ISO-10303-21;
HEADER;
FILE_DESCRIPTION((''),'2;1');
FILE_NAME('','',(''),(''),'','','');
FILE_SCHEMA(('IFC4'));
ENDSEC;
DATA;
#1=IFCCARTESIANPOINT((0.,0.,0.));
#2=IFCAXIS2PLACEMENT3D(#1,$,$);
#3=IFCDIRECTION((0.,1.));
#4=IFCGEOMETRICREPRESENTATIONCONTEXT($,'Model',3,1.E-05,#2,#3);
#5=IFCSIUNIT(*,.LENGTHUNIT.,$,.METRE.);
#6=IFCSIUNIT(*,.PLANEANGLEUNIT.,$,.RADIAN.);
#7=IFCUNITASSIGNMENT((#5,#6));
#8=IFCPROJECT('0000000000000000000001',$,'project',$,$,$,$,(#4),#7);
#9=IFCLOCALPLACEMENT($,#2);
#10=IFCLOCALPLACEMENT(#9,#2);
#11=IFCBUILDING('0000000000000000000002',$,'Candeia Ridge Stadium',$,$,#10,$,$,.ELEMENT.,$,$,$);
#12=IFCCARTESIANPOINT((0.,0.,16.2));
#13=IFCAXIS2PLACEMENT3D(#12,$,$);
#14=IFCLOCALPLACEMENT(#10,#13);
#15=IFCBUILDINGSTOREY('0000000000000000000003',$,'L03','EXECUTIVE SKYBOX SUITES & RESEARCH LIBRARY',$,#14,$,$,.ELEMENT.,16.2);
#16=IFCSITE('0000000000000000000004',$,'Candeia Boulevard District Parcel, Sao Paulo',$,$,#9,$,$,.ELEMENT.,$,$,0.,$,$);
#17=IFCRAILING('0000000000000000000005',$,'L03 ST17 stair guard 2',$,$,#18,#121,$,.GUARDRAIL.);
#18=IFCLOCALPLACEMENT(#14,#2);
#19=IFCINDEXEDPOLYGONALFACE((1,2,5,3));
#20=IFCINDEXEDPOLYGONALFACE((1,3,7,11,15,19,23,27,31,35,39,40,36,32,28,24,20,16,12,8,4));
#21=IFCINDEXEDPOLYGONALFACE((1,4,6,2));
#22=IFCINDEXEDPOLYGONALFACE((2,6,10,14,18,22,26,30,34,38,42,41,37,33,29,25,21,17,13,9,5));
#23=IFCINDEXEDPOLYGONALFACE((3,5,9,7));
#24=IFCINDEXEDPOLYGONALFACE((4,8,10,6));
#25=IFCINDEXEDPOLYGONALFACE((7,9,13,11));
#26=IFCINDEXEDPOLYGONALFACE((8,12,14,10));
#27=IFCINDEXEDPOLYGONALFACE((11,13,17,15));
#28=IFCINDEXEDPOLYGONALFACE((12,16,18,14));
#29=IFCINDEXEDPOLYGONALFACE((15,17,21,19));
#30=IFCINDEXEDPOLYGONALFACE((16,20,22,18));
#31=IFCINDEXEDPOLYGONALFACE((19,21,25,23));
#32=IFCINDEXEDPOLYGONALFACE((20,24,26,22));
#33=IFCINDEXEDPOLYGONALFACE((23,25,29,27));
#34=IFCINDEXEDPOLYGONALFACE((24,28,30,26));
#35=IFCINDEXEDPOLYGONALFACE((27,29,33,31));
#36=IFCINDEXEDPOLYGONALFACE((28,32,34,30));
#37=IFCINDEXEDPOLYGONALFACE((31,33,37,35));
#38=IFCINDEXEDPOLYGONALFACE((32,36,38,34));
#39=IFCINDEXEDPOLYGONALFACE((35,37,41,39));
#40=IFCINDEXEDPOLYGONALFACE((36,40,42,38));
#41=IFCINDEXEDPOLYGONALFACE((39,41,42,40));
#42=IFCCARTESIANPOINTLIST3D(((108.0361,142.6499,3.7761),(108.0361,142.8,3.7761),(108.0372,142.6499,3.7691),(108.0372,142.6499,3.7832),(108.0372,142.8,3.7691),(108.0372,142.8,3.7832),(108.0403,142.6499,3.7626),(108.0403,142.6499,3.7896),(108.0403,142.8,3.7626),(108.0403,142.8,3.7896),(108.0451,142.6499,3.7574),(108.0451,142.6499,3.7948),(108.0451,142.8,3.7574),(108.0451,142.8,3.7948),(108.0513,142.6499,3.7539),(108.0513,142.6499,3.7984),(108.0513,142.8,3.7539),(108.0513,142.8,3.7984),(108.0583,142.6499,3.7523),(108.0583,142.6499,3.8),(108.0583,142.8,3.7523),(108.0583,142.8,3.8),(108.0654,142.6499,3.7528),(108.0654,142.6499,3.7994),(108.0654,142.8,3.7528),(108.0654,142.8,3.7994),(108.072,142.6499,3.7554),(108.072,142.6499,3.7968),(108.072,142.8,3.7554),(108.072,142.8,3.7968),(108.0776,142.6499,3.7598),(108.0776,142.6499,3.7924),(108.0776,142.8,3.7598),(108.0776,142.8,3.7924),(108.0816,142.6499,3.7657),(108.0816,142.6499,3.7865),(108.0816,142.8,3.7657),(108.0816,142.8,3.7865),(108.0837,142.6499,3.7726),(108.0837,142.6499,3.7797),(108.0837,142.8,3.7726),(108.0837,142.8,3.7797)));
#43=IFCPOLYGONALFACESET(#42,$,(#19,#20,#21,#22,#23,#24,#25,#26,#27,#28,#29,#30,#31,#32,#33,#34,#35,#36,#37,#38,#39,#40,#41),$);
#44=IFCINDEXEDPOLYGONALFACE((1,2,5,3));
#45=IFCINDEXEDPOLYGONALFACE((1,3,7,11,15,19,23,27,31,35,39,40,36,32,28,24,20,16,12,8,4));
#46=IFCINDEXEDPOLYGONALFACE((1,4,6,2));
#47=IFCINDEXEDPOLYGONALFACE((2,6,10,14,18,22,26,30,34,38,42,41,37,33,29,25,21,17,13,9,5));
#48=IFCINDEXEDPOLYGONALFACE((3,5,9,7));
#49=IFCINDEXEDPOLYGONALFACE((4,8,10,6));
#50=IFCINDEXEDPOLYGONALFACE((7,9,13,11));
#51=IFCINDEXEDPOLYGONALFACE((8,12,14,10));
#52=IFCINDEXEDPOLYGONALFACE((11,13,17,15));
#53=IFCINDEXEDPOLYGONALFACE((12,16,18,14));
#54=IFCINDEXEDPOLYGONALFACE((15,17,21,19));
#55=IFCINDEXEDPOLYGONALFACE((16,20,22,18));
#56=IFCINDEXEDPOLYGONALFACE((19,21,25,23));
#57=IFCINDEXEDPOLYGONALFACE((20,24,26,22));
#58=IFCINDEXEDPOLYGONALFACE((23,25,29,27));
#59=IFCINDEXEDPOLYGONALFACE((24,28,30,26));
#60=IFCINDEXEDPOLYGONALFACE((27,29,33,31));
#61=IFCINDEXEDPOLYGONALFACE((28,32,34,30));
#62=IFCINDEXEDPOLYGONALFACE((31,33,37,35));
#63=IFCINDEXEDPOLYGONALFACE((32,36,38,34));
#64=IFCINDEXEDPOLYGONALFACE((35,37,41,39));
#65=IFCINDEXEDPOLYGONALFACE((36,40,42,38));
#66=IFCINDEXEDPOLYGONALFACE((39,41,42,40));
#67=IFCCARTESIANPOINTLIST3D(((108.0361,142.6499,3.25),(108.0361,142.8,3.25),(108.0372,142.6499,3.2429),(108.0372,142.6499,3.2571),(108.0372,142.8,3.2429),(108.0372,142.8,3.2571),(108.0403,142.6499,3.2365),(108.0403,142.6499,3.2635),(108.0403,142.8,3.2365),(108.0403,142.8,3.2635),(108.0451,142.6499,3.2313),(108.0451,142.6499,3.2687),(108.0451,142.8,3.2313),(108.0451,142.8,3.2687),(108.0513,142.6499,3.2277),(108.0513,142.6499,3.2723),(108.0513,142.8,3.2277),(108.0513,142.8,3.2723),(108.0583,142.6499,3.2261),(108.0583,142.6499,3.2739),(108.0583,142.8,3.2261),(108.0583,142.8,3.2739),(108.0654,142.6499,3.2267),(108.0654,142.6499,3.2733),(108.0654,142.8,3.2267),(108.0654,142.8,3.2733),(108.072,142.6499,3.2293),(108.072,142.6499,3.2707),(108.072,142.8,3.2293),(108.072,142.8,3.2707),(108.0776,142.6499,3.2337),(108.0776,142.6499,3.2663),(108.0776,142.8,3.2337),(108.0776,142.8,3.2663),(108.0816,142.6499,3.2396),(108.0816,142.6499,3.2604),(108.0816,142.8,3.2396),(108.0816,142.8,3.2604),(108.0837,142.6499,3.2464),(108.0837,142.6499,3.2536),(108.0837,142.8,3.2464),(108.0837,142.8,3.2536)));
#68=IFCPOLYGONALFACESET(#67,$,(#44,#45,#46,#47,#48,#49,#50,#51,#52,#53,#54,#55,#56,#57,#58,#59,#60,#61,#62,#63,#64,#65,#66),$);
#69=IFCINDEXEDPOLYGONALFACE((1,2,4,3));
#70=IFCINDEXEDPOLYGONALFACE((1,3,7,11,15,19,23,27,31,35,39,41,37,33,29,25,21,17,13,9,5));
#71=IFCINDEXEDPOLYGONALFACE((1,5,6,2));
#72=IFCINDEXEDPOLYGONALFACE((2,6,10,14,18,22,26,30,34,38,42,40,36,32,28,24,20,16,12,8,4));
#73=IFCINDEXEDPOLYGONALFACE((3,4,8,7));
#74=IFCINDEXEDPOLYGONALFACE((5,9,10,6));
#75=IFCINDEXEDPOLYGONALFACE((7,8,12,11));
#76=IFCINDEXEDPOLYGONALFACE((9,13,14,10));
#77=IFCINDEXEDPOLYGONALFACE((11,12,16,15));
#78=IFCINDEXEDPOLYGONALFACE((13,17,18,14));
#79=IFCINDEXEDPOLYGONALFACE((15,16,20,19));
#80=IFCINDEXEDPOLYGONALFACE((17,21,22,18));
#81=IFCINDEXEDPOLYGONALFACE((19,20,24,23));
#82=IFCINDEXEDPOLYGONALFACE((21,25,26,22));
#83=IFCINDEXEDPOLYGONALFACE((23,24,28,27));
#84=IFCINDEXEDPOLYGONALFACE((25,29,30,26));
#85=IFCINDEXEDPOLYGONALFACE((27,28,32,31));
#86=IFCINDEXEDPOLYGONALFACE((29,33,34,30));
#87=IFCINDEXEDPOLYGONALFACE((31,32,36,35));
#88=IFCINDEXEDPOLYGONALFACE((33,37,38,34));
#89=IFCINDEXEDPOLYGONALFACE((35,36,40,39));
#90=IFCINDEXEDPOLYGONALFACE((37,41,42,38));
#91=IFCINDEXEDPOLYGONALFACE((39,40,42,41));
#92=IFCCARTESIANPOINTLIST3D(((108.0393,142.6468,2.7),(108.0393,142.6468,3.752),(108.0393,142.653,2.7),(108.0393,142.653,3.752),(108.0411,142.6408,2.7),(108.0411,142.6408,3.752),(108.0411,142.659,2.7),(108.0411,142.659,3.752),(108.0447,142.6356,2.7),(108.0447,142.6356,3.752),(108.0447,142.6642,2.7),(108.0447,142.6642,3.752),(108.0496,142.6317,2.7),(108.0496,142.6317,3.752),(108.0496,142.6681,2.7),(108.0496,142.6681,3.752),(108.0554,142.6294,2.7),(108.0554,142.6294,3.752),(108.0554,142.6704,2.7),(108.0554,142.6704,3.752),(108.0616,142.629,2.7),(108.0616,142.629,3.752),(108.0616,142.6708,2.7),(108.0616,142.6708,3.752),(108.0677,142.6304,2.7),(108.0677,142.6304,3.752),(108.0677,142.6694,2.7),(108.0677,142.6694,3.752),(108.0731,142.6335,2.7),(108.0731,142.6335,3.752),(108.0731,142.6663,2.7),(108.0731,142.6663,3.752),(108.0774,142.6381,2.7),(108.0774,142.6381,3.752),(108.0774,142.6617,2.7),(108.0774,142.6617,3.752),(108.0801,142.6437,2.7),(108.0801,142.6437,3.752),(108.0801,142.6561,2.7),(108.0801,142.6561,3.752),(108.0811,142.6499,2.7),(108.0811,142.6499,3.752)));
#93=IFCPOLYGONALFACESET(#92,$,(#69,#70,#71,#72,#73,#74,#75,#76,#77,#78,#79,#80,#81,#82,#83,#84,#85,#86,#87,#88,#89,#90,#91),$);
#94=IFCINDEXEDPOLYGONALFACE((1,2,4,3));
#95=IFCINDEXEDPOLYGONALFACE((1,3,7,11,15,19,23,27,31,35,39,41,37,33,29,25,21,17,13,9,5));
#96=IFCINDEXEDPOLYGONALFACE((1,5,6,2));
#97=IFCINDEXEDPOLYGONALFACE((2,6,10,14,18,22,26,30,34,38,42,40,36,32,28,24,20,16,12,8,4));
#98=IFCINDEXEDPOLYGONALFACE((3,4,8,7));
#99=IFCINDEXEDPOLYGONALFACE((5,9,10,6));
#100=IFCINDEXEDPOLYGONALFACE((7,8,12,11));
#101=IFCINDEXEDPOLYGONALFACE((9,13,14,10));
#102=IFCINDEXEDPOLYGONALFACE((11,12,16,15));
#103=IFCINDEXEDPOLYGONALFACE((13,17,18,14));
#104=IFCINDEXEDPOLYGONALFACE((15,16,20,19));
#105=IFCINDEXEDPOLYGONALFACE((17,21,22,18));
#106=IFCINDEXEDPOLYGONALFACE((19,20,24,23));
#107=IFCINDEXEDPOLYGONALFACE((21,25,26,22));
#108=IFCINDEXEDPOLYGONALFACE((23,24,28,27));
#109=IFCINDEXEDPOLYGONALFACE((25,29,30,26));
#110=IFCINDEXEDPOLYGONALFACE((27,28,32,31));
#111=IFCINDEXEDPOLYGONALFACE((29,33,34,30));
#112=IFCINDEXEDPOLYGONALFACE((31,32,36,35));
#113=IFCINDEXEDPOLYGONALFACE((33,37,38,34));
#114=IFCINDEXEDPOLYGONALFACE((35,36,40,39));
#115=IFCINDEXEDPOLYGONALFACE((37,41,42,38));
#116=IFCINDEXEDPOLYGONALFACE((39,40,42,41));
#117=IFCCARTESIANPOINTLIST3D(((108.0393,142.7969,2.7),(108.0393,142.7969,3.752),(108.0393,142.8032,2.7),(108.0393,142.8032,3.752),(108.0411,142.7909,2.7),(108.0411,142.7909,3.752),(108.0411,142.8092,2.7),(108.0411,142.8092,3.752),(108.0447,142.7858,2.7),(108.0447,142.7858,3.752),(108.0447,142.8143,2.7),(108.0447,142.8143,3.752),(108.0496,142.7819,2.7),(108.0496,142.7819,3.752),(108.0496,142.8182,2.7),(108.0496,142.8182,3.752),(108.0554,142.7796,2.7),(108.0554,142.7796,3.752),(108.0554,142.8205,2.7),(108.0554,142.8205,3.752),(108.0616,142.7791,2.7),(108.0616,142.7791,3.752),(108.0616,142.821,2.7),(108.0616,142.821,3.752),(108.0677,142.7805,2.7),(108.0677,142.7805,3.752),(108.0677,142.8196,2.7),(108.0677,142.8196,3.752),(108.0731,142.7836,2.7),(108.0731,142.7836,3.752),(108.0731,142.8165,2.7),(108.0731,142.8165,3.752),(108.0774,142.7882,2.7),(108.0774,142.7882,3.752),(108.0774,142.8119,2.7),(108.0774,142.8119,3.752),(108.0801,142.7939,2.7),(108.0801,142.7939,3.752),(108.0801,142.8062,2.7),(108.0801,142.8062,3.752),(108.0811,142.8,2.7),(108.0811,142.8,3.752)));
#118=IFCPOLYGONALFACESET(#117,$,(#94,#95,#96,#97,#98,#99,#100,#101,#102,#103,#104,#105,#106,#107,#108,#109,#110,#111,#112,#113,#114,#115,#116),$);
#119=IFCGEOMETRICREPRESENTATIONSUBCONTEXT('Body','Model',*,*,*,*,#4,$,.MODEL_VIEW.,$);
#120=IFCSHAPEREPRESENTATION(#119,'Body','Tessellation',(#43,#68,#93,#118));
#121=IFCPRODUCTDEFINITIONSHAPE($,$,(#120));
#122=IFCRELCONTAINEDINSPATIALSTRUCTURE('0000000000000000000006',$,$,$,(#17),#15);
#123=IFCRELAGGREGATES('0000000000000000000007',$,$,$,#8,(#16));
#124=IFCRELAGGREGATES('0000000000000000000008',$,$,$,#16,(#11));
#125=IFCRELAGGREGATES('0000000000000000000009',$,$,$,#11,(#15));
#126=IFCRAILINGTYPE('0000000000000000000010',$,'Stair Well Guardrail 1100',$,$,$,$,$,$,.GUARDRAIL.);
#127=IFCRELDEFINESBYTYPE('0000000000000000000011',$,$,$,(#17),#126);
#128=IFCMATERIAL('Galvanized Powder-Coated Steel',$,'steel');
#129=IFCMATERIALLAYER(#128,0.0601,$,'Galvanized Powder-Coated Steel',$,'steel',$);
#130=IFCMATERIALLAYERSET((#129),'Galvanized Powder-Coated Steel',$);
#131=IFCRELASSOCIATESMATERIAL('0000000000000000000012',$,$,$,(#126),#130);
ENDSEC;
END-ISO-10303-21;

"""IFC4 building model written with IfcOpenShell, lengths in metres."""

from ifc_helpers import new_model, si_unit, direction, frame, origin, origin_2d, place, context, subcontext, project, spatial, circle, extrude, material, layer, layer_set, type_object, element, save


model = new_model("IFC4")

# Units and contexts
model_context = context("Model", 3, precision=1e-05, world=origin(), true_north=direction((0.0, 1.0)))
body_context = subcontext(model_context, "Body", "Model", "MODEL_VIEW")
ifc_project = project(units=[si_unit("LENGTHUNIT", "METRE"), si_unit("PLANEANGLEUNIT", "RADIAN")], contexts=[model_context])

# Site, building, storey
site_placement = place(None, origin())
site = spatial("IfcSite", under=ifc_project, at=site_placement, Name="Candeia Boulevard District Parcel, Sao Paulo", CompositionType="ELEMENT", RefElevation=0.0)
building_placement = place(site_placement, origin())
building = spatial("IfcBuilding", under=site, at=building_placement, Name="Candeia Ridge Stadium", CompositionType="ELEMENT")
storey_placement = place(building_placement, frame((0.0, 0.0, 16.2)))
storey = spatial("IfcBuildingStorey", under=building, at=storey_placement, Name="L03", Description="EXECUTIVE SKYBOX SUITES & RESEARCH LIBRARY", CompositionType="ELEMENT", Elevation=16.2)

# Railing
ifc_material_1 = material(Name="Galvanized Powder-Coated Steel", Category="steel")
ifc_layer_1 = layer(ifc_material_1, 0.0601, Name="Galvanized Powder-Coated Steel", Category="steel")
ifc_layer_set_1 = layer_set([ifc_layer_1], Name="Galvanized Powder-Coated Steel")
railing_type_1 = type_object("IfcRailingType", Name="Stair Well Guardrail 1100", PredefinedType="GUARDRAIL", material=ifc_layer_set_1)
railing_1_placement = place(storey_placement, frame((108.0601, 142.6499, 2.7)))
element("IfcRailing", 1, at=railing_1_placement, inside=storey, type_object=railing_type_1, Name="L03 ST17 stair guard 2", PredefinedType="GUARDRAIL", context=body_context, shape_type="SweptSolid", body=[
    extrude(circle(Radius=0.0239, at=origin_2d()), frame((0.0, 0.0, 1.0762), z_axis=(0.0, 1.0, 0.0), x_axis=(-1.0, 0.0, 0.0)), (0.0, 0.0, 1.0), 0.1501),
    extrude(circle(Radius=0.0239, at=origin_2d()), frame((0.0, 0.0, 0.55), z_axis=(0.0, 1.0, 0.0), x_axis=(-1.0, 0.0, 0.0)), (0.0, 0.0, 1.0), 0.1501),
    extrude(circle(Radius=0.021, at=origin_2d()), origin(), (0.0, 0.0, 1.0), 1.052),
    extrude(circle(Radius=0.021, at=origin_2d()), frame((0.0, 0.1501, 0.0)), (0.0, 0.0, 1.0), 1.052),
])

save(model, "model.ifc")
